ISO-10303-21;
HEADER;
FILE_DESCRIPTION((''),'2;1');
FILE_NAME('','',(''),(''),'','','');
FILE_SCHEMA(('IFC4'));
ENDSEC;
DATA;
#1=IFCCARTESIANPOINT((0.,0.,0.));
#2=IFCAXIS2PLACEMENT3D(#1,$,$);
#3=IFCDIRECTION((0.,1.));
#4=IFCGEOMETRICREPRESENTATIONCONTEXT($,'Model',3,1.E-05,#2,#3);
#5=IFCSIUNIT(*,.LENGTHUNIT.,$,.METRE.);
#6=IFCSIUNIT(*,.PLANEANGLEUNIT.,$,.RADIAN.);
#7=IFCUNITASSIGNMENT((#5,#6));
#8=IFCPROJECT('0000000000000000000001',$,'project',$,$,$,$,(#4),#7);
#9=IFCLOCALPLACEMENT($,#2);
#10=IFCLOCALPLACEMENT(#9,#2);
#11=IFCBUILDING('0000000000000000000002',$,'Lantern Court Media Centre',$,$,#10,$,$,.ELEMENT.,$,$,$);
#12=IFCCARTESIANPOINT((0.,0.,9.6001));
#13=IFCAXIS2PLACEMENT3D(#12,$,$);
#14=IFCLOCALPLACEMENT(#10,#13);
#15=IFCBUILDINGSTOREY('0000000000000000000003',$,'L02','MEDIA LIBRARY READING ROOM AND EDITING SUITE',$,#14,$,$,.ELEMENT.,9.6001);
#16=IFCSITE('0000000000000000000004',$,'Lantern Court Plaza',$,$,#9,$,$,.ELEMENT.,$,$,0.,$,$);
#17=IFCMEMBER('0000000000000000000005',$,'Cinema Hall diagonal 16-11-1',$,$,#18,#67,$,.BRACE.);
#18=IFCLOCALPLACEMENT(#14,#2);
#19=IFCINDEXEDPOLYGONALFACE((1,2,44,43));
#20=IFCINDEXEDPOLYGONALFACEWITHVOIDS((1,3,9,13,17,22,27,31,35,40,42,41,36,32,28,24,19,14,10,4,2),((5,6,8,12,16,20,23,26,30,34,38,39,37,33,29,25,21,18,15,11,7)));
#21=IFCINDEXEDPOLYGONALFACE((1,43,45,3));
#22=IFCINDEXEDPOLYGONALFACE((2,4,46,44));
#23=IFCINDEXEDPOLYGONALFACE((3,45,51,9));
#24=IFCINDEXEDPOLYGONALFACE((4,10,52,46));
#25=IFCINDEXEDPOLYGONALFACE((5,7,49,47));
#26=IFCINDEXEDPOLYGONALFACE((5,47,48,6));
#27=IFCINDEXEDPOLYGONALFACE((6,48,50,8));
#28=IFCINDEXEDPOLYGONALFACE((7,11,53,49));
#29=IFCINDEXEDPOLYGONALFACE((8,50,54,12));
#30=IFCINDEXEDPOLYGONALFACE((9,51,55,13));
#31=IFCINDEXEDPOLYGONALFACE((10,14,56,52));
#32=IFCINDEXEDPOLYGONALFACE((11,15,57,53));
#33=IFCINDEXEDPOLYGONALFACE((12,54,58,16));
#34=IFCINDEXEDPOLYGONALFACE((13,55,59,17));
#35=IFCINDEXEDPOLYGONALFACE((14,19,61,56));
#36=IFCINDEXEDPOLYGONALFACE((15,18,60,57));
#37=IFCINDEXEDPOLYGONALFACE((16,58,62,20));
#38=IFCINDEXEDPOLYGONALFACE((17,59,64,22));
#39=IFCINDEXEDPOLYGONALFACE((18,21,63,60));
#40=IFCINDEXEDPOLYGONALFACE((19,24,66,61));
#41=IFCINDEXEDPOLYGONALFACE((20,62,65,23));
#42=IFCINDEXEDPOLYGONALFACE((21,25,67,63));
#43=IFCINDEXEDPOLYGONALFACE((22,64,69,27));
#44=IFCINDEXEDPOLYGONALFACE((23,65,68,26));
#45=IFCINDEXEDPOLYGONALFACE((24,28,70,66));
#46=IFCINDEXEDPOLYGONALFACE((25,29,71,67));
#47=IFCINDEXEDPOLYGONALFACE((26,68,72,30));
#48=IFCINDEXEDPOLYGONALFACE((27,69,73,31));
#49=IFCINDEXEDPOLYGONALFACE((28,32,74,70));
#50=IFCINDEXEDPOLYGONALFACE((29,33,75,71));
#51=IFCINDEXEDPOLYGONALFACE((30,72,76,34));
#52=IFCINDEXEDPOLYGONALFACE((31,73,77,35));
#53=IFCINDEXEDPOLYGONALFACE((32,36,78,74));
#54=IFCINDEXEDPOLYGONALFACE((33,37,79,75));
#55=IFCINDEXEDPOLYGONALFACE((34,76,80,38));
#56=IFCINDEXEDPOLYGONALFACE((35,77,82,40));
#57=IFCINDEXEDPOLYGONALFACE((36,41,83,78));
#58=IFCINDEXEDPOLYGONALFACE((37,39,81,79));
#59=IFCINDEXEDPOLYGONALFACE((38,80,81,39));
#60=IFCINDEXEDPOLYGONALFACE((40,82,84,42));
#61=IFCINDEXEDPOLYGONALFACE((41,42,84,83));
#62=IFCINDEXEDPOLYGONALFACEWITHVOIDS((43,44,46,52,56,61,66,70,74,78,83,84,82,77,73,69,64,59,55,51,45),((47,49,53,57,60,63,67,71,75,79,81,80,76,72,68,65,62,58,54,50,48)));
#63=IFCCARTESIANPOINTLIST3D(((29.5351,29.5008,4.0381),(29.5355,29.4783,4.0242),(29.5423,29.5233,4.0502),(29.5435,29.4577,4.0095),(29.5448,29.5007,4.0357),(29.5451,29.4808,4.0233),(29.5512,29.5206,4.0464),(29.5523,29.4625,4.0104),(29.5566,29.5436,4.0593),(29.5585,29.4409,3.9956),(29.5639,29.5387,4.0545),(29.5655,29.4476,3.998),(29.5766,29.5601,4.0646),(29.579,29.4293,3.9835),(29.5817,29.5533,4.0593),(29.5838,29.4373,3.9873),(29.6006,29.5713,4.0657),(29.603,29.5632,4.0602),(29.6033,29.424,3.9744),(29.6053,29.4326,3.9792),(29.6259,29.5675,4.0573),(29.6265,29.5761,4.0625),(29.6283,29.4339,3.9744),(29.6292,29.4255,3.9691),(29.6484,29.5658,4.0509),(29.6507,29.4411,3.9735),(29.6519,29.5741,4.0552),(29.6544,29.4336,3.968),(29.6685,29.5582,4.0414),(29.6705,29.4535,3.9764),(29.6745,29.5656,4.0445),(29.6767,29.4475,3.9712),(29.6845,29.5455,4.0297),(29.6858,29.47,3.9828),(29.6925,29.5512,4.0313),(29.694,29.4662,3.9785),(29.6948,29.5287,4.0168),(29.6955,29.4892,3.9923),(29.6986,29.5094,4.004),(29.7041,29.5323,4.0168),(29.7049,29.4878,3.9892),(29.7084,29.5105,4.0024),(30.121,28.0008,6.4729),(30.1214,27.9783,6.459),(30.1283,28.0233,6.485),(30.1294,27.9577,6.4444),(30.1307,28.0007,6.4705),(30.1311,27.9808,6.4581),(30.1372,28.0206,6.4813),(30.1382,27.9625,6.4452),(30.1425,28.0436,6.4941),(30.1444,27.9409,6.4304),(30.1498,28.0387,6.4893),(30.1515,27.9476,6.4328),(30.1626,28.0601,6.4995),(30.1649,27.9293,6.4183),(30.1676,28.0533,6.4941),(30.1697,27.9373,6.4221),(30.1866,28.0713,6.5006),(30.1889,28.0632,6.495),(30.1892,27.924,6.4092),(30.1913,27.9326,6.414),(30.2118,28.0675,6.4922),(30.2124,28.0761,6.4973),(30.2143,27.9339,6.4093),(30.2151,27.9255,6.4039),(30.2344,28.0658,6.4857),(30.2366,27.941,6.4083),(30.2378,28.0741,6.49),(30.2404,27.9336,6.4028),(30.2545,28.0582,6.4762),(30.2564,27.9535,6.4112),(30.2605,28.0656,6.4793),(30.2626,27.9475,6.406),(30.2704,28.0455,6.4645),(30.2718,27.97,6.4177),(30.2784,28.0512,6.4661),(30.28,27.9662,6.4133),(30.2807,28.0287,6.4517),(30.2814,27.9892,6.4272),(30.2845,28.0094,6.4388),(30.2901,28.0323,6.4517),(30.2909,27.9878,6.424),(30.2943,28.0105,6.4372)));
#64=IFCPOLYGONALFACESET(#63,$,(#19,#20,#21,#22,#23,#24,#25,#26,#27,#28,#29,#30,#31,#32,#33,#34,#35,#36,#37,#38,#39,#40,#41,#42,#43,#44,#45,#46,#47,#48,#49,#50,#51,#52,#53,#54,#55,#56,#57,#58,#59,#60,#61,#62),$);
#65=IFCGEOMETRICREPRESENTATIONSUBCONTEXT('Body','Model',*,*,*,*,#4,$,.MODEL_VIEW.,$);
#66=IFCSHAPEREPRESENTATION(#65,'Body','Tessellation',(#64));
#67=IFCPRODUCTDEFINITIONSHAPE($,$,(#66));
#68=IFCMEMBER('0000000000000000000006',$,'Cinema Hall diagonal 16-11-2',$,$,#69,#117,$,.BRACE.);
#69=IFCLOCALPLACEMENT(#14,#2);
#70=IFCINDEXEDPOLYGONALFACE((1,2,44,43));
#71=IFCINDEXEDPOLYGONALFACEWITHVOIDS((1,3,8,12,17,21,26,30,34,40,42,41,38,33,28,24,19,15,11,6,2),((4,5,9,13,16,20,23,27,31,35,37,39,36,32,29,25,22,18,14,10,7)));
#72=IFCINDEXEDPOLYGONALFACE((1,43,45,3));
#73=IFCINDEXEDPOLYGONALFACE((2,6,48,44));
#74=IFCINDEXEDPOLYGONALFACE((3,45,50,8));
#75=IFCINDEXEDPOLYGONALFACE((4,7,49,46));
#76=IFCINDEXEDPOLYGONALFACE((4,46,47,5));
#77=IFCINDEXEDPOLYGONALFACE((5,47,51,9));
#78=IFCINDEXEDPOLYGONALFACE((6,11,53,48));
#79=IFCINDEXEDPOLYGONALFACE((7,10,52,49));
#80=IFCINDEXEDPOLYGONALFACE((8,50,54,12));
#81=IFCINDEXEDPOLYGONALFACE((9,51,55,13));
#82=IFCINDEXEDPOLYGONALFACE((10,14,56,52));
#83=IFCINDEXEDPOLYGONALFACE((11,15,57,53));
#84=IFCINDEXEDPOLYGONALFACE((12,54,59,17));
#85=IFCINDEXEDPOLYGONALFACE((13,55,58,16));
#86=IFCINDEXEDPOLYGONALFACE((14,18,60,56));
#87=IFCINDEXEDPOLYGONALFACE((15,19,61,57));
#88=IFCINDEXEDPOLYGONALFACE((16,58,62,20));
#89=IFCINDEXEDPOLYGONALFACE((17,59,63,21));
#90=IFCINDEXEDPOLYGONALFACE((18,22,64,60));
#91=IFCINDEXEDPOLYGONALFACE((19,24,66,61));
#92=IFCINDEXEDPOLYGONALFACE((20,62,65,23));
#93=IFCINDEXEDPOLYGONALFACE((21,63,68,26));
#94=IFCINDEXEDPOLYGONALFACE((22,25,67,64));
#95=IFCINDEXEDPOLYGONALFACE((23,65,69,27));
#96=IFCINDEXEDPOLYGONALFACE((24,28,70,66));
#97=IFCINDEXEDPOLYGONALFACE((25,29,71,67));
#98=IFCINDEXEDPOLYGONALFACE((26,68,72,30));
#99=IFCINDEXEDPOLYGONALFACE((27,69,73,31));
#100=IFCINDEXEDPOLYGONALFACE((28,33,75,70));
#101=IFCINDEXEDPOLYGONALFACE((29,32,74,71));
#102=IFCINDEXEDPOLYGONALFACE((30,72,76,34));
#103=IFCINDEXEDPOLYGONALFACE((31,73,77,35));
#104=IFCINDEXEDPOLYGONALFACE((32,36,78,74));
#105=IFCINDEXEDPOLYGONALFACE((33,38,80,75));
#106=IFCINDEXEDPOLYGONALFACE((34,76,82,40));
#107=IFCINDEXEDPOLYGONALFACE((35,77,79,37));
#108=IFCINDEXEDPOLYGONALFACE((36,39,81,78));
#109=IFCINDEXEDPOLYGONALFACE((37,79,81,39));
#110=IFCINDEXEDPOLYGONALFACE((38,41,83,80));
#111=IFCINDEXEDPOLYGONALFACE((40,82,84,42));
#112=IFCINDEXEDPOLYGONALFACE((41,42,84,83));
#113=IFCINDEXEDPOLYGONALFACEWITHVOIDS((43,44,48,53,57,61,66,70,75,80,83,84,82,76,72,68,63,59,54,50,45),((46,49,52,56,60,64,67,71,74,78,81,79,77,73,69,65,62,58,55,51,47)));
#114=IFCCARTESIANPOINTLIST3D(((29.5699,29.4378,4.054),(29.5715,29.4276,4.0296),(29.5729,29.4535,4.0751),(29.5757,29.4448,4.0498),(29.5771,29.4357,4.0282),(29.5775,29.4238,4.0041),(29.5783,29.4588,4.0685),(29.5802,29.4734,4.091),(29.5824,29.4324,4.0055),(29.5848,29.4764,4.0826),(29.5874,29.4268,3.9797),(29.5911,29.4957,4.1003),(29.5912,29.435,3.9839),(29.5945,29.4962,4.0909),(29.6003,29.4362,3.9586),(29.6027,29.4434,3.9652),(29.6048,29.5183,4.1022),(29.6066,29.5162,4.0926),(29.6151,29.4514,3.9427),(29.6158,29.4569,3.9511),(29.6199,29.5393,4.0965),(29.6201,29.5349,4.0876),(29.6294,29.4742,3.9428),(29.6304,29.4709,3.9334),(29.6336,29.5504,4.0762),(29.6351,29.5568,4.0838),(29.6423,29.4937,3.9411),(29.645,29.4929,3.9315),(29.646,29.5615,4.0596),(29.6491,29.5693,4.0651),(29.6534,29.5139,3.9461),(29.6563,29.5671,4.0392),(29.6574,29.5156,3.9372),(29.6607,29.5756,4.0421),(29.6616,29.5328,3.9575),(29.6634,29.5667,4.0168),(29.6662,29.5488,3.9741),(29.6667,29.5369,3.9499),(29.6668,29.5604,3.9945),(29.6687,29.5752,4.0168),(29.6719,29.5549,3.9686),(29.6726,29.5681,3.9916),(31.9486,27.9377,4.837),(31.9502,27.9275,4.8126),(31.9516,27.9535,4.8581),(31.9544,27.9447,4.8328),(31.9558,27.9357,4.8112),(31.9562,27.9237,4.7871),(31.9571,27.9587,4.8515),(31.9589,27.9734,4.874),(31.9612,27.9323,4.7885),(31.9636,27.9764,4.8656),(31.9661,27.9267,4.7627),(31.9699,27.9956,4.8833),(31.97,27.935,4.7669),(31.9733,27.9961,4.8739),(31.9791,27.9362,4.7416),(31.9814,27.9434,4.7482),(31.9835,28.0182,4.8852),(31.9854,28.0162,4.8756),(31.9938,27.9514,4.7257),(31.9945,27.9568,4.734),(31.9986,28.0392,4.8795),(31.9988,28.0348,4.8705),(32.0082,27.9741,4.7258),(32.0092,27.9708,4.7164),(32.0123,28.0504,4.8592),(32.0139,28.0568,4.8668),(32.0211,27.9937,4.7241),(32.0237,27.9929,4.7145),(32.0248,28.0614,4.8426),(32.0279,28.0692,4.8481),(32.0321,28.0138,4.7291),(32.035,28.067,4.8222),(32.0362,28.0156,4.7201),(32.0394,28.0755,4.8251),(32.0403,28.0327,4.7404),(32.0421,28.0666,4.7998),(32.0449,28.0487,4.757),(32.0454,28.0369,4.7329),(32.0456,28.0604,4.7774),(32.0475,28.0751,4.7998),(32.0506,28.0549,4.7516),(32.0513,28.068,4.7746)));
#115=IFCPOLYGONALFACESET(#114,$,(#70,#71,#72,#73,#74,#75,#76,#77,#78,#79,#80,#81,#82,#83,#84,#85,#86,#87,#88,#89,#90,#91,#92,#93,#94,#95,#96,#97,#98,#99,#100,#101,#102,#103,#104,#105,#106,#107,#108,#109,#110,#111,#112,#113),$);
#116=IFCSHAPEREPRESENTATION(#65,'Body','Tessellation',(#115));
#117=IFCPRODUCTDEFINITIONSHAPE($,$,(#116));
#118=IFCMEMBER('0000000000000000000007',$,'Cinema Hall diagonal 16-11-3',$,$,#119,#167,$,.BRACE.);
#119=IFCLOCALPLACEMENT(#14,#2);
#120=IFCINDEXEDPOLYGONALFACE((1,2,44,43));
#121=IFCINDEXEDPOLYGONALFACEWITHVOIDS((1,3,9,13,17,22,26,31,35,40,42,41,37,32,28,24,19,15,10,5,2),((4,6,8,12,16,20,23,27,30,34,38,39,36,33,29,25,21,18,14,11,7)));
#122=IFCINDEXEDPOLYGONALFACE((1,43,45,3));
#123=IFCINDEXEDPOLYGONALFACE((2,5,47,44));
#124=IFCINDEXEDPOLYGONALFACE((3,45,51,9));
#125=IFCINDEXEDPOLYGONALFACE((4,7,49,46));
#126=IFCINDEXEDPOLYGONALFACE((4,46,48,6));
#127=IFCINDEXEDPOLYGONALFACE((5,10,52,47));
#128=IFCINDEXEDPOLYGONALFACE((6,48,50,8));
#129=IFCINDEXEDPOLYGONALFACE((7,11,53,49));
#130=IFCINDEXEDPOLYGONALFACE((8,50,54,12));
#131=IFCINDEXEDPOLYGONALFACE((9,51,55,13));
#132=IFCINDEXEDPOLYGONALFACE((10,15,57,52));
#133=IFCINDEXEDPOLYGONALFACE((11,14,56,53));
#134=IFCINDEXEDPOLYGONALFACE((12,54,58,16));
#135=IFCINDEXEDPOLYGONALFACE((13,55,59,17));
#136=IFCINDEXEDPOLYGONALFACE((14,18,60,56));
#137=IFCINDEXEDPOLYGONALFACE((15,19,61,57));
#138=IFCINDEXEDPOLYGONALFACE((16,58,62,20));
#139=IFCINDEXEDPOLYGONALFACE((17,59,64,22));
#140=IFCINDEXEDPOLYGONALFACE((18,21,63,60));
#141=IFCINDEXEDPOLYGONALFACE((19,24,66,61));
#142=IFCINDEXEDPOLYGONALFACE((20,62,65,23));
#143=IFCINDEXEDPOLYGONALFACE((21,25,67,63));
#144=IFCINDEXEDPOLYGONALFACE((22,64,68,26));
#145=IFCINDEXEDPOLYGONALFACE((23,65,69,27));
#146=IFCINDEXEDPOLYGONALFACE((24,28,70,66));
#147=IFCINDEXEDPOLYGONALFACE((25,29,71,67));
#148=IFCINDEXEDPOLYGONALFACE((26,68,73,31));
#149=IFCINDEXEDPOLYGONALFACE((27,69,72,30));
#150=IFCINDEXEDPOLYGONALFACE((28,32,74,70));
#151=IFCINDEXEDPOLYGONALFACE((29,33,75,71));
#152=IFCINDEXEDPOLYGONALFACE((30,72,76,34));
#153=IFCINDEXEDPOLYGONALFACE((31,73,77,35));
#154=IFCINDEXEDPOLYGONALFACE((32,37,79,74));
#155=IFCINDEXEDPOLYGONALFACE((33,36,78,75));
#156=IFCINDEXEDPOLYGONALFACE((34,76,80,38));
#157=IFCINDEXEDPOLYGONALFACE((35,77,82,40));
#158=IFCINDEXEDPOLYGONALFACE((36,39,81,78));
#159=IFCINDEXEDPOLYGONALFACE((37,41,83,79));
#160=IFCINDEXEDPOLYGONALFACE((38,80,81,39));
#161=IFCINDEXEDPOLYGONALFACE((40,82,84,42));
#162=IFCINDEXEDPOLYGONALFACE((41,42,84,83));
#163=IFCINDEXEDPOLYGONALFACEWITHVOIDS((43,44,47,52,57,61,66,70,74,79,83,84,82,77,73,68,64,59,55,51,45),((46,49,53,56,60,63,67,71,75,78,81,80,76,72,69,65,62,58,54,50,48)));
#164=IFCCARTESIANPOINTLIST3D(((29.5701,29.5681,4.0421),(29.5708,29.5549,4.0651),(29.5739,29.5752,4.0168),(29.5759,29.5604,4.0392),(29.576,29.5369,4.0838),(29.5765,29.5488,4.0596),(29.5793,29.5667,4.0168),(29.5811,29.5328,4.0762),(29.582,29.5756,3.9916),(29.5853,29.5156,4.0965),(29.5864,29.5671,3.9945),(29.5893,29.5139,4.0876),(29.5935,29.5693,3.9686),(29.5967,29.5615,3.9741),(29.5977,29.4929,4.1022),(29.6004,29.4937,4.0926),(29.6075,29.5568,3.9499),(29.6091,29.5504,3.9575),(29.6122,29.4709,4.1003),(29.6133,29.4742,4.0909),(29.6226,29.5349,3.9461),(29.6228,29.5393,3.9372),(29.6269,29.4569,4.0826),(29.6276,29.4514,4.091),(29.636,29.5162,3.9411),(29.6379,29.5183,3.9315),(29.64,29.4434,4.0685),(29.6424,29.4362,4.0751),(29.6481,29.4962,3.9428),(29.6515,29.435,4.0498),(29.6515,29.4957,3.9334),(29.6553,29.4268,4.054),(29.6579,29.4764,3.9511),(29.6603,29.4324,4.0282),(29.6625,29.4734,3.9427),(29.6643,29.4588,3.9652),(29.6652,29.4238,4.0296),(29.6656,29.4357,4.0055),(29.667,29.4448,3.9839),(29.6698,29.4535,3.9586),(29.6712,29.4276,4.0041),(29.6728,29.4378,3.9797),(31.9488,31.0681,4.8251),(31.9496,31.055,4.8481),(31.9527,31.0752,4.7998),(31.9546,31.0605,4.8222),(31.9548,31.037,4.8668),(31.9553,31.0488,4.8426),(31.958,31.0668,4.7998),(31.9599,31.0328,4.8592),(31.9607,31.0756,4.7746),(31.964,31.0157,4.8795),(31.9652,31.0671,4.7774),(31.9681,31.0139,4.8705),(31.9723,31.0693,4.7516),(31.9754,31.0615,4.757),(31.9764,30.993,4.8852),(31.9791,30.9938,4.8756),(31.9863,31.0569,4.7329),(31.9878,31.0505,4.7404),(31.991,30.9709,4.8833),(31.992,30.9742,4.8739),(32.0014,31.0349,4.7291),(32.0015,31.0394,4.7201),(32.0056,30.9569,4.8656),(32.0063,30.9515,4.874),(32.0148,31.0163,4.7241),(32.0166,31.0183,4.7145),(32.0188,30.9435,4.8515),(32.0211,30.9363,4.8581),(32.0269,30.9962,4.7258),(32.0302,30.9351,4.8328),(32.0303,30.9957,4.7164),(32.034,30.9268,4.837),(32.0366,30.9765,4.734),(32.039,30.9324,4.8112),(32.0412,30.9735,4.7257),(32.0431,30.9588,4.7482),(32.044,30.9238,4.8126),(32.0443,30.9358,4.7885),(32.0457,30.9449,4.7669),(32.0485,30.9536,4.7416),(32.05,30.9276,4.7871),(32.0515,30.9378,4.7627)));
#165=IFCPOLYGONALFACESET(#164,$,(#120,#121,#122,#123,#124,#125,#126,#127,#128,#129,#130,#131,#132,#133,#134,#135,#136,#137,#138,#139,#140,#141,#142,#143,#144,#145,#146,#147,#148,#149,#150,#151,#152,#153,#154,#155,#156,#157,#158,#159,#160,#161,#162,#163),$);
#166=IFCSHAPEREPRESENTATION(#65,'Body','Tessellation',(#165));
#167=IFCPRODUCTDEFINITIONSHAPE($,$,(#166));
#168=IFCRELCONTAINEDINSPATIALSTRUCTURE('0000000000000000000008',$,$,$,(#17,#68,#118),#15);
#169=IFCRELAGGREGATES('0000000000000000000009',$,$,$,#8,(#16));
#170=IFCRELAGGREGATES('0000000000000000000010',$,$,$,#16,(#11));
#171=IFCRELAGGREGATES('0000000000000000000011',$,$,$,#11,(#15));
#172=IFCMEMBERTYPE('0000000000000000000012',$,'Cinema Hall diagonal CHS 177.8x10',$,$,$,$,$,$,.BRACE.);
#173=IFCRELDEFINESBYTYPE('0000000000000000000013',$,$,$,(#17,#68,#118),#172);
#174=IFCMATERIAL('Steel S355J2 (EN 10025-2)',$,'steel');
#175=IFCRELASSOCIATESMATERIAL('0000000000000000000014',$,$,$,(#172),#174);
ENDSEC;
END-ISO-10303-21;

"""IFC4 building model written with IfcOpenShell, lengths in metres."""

from ifc_helpers import new_model, si_unit, direction, frame, origin, origin_2d, place, context, subcontext, project, spatial, hollow_circle, extrude, material, material_profile, profile_set, type_object, element, save


model = new_model("IFC4")

# Units and contexts
model_context = context("Model", 3, precision=1e-05, world=origin(), true_north=direction((0.0, 1.0)))
body_context = subcontext(model_context, "Body", "Model", "MODEL_VIEW")
ifc_project = project(units=[si_unit("LENGTHUNIT", "METRE"), si_unit("PLANEANGLEUNIT", "RADIAN")], contexts=[model_context])

# Site, building, storey
site_placement = place(None, origin())
site = spatial("IfcSite", under=ifc_project, at=site_placement, Name="Lantern Court Plaza", CompositionType="ELEMENT", RefElevation=0.0)
building_placement = place(site_placement, origin())
building = spatial("IfcBuilding", under=site, at=building_placement, Name="Lantern Court Media Centre", CompositionType="ELEMENT")
storey_placement = place(building_placement, frame((0.0, 0.0, 9.6001)))
storey = spatial("IfcBuildingStorey", under=building, at=storey_placement, Name="L02", Description="MEDIA LIBRARY READING ROOM AND EDITING SUITE", CompositionType="ELEMENT", Elevation=9.6001)

# Members
ifc_material_1 = material(Name="Steel S355J2 (EN 10025-2)", Category="steel")
ifc_material_profile_1 = material_profile(ifc_material_1, hollow_circle(Radius=0.0889, WallThickness=0.01, at=origin_2d()), Name="Cinema Hall diagonal CHS 177.8x10")
ifc_profile_set_1 = profile_set([ifc_material_profile_1], Name="Steel S355J2 (EN 10025-2)")
member_type_1 = type_object("IfcMemberType", Name="Cinema Hall diagonal CHS 177.8x10", PredefinedType="BRACE", material=ifc_profile_set_1)
for number, where, z_axis, x_axis, name in (
    (1, (29.6213, 29.5, 4.0168), (0.20072, -0.513842, 0.834073), (0.931457, 0.363851, 0.0), "Cinema Hall diagonal 16-11-1"),
    (2, (29.6213, 29.5, 4.0168), (0.814866, -0.51386, 0.268221), (0.533405, 0.84586, 0.0), "Cinema Hall diagonal 16-11-2"),
    (3, (29.6213, 29.5, 4.0168), (0.814866, 0.51386, 0.268221), (-0.533405, 0.84586, 0.0), "Cinema Hall diagonal 16-11-3"),
):
    element("IfcMember", number, at=place(storey_placement, frame(where, z_axis=z_axis, x_axis=x_axis)), inside=storey, type_object=member_type_1, Name=name, PredefinedType="BRACE", context=body_context, shape_type="SweptSolid", body=[
        extrude(hollow_circle(Radius=0.0889, WallThickness=0.01, at=origin_2d()), origin(), (0.0, 0.0, 1.0), 2.9192),
    ])

save(model, "model.ifc")
